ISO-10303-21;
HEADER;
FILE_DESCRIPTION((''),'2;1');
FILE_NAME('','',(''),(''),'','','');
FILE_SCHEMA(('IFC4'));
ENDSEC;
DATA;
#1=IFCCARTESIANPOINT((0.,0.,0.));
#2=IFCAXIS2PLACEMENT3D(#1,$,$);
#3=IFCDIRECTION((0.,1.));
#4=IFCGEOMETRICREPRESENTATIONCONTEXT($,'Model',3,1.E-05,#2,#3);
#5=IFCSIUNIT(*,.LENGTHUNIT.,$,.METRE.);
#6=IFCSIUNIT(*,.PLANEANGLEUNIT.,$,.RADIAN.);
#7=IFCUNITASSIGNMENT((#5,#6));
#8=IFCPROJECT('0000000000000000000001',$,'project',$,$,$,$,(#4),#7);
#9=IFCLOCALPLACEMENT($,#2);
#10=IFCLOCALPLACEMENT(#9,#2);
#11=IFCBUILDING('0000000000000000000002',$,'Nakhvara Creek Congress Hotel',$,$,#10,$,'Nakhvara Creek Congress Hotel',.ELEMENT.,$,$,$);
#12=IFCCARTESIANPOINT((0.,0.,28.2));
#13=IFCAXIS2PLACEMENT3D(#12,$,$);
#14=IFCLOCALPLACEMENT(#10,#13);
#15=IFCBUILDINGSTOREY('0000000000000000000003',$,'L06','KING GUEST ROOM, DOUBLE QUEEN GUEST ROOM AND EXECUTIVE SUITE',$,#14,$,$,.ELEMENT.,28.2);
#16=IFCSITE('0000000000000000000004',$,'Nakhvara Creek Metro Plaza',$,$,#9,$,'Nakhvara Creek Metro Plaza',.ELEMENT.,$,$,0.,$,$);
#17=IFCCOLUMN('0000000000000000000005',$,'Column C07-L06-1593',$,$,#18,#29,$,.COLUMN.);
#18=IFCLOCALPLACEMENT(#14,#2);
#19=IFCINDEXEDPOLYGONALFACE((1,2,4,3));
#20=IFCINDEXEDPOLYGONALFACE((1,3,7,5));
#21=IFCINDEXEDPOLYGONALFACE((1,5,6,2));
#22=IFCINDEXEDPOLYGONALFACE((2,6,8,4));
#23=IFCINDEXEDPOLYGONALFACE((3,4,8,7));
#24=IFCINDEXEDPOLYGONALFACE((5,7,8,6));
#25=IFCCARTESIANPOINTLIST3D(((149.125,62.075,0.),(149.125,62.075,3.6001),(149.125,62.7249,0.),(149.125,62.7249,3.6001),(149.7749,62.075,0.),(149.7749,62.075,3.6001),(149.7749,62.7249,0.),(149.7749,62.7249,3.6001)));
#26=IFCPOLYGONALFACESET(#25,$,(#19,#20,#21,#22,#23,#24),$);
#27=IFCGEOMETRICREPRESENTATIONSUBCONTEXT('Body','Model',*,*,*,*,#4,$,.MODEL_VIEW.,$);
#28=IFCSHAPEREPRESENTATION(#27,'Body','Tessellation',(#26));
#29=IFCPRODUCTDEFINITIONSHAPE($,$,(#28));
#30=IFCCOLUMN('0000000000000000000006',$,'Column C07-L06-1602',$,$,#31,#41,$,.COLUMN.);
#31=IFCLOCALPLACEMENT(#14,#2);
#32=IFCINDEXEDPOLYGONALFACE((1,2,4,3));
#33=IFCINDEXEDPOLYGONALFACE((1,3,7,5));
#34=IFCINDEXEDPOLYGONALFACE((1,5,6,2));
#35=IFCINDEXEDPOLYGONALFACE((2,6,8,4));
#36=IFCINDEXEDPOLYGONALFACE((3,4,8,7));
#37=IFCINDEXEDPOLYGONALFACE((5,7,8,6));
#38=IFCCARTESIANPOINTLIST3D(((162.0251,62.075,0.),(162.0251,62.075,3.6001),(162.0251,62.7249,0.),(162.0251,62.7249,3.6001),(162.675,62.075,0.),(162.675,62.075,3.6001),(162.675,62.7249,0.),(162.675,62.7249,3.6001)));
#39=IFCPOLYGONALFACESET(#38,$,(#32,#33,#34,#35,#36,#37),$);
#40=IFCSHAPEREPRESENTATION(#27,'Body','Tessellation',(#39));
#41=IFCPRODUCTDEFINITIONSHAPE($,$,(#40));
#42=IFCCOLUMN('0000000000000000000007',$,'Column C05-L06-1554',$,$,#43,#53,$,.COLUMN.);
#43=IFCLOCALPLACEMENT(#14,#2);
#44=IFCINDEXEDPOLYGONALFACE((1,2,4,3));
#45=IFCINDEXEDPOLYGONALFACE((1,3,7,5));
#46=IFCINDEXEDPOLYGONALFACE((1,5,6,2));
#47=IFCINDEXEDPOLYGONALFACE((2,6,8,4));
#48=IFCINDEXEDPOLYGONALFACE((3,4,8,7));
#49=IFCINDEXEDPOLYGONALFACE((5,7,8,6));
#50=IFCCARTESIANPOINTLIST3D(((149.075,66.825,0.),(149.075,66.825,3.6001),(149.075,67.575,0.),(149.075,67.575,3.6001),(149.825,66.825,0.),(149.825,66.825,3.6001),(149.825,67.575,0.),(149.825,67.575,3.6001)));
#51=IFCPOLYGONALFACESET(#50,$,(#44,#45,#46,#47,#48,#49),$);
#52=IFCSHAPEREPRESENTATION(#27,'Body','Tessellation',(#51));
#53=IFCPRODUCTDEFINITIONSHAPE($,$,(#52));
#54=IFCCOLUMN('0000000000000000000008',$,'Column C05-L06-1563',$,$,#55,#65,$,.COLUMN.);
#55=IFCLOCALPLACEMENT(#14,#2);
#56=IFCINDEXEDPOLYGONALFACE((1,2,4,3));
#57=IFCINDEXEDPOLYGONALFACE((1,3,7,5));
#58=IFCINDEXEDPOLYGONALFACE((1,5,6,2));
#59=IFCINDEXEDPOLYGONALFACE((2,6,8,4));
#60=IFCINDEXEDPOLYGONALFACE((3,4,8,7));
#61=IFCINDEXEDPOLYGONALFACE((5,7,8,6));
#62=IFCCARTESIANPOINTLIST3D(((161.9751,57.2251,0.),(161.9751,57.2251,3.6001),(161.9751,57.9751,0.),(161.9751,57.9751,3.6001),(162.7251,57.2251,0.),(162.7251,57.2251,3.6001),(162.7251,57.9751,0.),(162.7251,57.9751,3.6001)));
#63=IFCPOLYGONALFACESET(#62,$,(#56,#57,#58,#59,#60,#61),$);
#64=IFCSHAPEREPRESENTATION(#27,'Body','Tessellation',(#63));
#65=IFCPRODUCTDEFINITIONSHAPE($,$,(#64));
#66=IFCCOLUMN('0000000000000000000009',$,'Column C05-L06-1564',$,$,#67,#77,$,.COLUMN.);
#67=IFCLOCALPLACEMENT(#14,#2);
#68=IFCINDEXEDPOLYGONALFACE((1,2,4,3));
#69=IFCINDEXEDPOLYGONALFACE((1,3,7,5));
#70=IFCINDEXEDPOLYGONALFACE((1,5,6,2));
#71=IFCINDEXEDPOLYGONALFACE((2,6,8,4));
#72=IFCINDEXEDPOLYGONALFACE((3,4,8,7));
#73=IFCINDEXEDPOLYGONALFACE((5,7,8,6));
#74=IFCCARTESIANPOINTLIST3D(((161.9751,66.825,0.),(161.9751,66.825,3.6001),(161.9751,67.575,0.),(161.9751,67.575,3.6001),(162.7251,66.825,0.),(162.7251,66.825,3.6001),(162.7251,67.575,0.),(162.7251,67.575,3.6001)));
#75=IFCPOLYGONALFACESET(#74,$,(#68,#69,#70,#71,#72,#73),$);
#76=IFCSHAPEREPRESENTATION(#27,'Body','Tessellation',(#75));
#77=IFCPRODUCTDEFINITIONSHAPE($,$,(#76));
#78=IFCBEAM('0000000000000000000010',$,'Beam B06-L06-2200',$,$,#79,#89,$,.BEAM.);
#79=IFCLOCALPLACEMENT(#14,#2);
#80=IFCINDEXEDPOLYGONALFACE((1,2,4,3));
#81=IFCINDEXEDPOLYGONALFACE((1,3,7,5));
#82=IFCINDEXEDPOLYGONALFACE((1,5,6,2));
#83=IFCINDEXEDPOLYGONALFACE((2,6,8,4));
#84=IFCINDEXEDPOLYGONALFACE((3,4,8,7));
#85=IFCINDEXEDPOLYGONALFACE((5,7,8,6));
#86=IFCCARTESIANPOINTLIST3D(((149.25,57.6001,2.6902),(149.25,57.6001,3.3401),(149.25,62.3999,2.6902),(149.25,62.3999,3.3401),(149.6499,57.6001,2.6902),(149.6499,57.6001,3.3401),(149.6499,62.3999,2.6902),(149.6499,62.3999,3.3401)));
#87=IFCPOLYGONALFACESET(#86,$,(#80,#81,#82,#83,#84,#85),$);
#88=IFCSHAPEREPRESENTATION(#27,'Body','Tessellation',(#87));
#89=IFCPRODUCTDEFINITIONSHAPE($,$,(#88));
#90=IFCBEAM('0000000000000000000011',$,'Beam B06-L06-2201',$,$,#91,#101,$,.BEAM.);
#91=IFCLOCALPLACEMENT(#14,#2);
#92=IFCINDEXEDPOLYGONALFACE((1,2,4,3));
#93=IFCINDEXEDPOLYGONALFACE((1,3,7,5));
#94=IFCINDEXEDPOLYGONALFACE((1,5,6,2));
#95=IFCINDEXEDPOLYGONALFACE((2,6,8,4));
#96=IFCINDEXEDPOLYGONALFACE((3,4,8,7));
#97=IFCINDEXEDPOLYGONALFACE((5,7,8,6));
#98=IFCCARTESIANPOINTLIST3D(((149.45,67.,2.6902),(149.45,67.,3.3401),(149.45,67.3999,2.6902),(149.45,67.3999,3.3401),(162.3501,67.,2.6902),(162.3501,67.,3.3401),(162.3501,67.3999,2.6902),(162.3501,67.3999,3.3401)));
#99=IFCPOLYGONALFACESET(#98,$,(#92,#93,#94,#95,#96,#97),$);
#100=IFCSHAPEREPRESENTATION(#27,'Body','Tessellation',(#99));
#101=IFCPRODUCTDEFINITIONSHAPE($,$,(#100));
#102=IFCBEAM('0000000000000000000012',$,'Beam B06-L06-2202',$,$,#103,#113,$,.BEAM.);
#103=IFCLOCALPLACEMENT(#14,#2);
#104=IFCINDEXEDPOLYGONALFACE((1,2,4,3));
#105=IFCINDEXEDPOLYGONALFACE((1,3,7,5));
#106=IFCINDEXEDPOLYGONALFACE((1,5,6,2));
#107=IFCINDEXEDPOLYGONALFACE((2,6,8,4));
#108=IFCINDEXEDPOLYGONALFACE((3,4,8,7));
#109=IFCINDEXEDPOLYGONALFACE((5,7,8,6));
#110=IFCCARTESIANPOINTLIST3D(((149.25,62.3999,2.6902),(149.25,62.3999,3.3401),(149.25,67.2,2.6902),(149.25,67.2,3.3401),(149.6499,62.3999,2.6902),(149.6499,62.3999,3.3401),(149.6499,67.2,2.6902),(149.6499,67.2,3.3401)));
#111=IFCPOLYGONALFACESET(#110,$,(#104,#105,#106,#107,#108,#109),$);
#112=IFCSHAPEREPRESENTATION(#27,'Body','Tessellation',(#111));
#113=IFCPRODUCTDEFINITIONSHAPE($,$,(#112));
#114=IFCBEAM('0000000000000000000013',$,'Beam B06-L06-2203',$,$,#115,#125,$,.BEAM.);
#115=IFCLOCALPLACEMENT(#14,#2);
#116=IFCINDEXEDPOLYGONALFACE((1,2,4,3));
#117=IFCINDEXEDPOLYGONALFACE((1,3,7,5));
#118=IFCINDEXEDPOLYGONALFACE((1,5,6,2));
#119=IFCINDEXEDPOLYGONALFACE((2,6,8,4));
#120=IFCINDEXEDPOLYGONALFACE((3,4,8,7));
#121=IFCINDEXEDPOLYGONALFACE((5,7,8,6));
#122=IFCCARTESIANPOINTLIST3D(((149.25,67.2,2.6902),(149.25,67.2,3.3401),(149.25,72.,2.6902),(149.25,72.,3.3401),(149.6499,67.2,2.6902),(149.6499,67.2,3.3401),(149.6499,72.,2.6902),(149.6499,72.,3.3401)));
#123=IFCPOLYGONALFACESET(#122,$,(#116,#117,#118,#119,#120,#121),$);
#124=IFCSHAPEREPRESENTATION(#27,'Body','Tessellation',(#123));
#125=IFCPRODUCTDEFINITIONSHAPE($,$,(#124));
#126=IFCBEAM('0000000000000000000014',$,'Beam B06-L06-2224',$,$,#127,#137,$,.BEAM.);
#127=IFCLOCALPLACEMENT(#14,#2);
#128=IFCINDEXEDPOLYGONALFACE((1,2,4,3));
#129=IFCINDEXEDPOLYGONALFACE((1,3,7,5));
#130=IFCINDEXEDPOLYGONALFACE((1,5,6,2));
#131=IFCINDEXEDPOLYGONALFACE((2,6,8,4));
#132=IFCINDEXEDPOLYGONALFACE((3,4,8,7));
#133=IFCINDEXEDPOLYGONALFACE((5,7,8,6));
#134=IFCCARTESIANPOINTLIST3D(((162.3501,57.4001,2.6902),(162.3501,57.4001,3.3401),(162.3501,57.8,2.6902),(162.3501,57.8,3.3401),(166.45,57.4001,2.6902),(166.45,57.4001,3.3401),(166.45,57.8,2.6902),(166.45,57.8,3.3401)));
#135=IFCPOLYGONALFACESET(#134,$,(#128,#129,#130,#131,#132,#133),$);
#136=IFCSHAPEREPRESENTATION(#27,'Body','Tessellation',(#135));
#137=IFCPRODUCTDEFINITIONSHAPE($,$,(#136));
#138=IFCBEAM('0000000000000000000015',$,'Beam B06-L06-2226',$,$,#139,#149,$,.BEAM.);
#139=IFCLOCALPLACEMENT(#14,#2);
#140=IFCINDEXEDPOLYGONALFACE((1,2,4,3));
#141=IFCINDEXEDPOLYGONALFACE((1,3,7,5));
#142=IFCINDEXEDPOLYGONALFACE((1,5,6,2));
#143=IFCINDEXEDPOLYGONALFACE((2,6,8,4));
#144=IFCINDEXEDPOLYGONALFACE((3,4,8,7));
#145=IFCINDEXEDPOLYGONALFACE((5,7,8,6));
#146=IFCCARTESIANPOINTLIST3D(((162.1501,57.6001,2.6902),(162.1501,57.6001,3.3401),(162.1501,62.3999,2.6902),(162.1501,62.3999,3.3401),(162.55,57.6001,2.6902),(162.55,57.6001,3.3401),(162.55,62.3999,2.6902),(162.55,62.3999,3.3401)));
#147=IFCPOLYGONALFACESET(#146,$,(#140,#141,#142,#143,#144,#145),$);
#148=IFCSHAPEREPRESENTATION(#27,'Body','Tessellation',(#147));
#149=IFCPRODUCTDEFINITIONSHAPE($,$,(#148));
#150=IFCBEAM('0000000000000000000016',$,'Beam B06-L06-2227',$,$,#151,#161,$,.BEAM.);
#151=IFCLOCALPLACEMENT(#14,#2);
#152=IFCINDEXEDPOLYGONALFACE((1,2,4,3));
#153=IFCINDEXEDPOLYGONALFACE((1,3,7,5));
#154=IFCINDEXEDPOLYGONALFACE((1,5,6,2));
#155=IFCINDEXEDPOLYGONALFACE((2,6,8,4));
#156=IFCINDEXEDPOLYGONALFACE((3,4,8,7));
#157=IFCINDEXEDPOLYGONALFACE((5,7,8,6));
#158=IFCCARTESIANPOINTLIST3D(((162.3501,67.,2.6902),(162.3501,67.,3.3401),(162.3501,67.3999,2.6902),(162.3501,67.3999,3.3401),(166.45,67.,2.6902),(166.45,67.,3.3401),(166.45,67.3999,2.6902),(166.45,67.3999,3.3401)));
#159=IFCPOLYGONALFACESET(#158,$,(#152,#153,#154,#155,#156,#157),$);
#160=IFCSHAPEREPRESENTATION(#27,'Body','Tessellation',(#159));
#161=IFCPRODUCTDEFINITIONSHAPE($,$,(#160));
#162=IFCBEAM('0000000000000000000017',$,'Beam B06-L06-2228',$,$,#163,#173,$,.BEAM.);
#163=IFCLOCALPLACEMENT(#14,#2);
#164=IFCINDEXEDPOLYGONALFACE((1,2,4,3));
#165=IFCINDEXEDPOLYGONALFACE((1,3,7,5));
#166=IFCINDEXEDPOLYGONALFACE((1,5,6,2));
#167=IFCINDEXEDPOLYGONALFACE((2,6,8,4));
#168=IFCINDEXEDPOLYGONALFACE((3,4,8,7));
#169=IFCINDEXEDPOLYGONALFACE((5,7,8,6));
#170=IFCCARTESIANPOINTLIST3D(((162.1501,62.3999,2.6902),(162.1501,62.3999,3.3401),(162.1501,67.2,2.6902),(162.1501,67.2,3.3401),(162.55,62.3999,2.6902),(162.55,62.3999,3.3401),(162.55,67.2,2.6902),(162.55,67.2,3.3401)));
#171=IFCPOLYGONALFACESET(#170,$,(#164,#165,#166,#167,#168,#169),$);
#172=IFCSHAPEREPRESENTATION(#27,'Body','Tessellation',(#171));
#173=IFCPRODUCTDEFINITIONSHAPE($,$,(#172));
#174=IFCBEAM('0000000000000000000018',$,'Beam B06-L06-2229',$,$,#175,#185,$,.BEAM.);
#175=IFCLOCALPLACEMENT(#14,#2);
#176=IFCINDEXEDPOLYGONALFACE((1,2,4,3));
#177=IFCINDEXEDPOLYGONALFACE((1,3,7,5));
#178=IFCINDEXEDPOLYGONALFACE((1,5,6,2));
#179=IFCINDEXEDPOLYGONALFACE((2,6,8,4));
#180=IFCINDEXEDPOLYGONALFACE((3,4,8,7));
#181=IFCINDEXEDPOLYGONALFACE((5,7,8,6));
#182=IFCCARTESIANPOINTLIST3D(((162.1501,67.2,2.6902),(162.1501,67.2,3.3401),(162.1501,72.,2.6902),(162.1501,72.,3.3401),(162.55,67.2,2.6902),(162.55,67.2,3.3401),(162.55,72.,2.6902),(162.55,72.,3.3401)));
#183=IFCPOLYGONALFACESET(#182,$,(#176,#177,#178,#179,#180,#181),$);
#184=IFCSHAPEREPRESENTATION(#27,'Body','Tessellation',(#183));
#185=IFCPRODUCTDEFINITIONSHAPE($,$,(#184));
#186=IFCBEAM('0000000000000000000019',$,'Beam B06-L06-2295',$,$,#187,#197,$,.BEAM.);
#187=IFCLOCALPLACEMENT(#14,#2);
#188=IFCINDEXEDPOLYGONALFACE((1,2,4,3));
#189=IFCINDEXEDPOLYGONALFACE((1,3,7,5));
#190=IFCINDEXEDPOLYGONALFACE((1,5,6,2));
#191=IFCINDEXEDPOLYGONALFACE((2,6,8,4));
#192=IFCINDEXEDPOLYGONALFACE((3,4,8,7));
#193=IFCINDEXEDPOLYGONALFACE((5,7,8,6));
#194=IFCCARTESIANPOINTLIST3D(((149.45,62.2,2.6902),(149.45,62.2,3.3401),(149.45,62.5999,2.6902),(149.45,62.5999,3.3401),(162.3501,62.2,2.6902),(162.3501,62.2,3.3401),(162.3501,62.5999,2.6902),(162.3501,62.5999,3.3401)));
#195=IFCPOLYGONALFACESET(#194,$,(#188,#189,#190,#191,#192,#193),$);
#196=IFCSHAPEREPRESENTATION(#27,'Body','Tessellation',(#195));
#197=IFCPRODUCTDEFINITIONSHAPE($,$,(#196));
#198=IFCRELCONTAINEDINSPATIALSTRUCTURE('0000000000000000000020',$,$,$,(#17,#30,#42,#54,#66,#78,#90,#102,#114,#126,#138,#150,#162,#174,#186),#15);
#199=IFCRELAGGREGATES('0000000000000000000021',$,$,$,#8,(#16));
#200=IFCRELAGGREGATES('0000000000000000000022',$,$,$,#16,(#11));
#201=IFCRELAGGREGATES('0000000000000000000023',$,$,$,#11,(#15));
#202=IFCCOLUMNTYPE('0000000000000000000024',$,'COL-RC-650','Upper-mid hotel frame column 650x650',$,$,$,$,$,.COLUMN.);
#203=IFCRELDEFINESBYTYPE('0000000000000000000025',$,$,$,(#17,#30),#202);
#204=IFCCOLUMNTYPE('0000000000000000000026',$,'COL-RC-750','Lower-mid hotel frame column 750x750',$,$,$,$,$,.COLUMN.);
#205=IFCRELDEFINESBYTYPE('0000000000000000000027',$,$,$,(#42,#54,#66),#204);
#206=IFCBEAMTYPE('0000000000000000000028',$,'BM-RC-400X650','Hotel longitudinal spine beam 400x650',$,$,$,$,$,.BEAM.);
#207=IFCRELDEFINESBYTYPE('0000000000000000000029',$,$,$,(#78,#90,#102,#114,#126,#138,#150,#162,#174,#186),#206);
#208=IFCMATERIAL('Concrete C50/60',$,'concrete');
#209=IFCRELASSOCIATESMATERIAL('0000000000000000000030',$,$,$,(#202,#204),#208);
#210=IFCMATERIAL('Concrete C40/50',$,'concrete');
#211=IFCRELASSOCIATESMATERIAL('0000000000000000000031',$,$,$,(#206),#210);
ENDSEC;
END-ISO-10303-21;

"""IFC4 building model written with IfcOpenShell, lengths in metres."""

from ifc_helpers import new_model, si_unit, direction, frame, origin, origin_2d, place, context, subcontext, project, spatial, rectangle, extrude, material, material_profile, profile_set, type_object, element, save


model = new_model("IFC4")

# Units and contexts
model_context = context("Model", 3, precision=1e-05, world=origin(), true_north=direction((0.0, 1.0)))
body_context = subcontext(model_context, "Body", "Model", "MODEL_VIEW")
ifc_project = project(units=[si_unit("LENGTHUNIT", "METRE"), si_unit("PLANEANGLEUNIT", "RADIAN")], contexts=[model_context])

# Site, building, storey
site_placement = place(None, origin())
site = spatial("IfcSite", under=ifc_project, at=site_placement, Name="Nakhvara Creek Metro Plaza", LongName="Nakhvara Creek Metro Plaza", CompositionType="ELEMENT", RefElevation=0.0)
building_placement = place(site_placement, origin())
building = spatial("IfcBuilding", under=site, at=building_placement, Name="Nakhvara Creek Congress Hotel", LongName="Nakhvara Creek Congress Hotel", CompositionType="ELEMENT")
storey_placement = place(building_placement, frame((0.0, 0.0, 28.2)))
storey = spatial("IfcBuildingStorey", under=building, at=storey_placement, Name="L06", Description="KING GUEST ROOM, DOUBLE QUEEN GUEST ROOM AND EXECUTIVE SUITE", CompositionType="ELEMENT", Elevation=28.2)

# Columns
ifc_material_1 = material(Name="Concrete C50/60", Category="concrete")
ifc_material_profile_1 = material_profile(ifc_material_1, rectangle(XDim=0.6499, YDim=0.6499, at=origin_2d()), Name="RC-COL 650x650", Category="LoadBearing")
ifc_profile_set_1 = profile_set([ifc_material_profile_1], Name="Concrete C50/60")
column_type_1 = type_object("IfcColumnType", Name="COL-RC-650", Description="Upper-mid hotel frame column 650x650", PredefinedType="COLUMN", material=ifc_profile_set_1)
for number, where, z_axis, x_axis, name in (
    (1, (149.45, 62.3999, 0.0), (0.0, 0.0, 1.0), (1.0, 0.0, 0.0), "Column C07-L06-1593"),
    (2, (162.3501, 62.3999, 0.0), (0.0, 0.0, 1.0), (1.0, 0.0, 0.0), "Column C07-L06-1602"),
):
    element("IfcColumn", number, at=place(storey_placement, frame(where, z_axis=z_axis, x_axis=x_axis)), inside=storey, type_object=column_type_1, Name=name, PredefinedType="COLUMN", context=body_context, shape_type="SweptSolid", body=[
        extrude(rectangle(XDim=0.6499, YDim=0.6499, at=origin_2d()), origin(), (0.0, 0.0, 1.0), 3.6001),
    ])
ifc_material_profile_2 = material_profile(ifc_material_1, rectangle(XDim=0.75, YDim=0.75, at=origin_2d()), Name="RC-COL 750x750", Category="LoadBearing")
ifc_profile_set_2 = profile_set([ifc_material_profile_2], Name="Concrete C50/60")
column_type_2 = type_object("IfcColumnType", Name="COL-RC-750", Description="Lower-mid hotel frame column 750x750", PredefinedType="COLUMN", material=ifc_profile_set_2)
for number, where, z_axis, x_axis, name in (
    (3, (149.45, 67.2, 0.0), (0.0, 0.0, 1.0), (1.0, 0.0, 0.0), "Column C05-L06-1554"),
    (4, (162.3501, 57.6001, 0.0), (0.0, 0.0, 1.0), (1.0, 0.0, 0.0), "Column C05-L06-1563"),
    (5, (162.3501, 67.2, 0.0), (0.0, 0.0, 1.0), (1.0, 0.0, 0.0), "Column C05-L06-1564"),
):
    element("IfcColumn", number, at=place(storey_placement, frame(where, z_axis=z_axis, x_axis=x_axis)), inside=storey, type_object=column_type_2, Name=name, PredefinedType="COLUMN", context=body_context, shape_type="SweptSolid", body=[
        extrude(rectangle(XDim=0.75, YDim=0.75, at=origin_2d()), origin(), (0.0, 0.0, 1.0), 3.6001),
    ])

# Beams
ifc_material_2 = material(Name="Concrete C40/50", Category="concrete")
ifc_material_profile_3 = material_profile(ifc_material_2, rectangle(XDim=0.3999, YDim=0.6499, at=origin_2d()), Name="RC-BM 400x650", Category="LoadBearing")
ifc_profile_set_3 = profile_set([ifc_material_profile_3], Name="Concrete C40/50")
beam_type = type_object("IfcBeamType", Name="BM-RC-400X650", Description="Hotel longitudinal spine beam 400x650", PredefinedType="BEAM", material=ifc_profile_set_3)
beam_1_placement = place(storey_placement, frame((149.45, 57.6001, 3.0151), z_axis=(0.0, 1.0, 0.0), x_axis=(-1.0, 0.0, 0.0)))
element("IfcBeam", 6, at=beam_1_placement, inside=storey, type_object=beam_type, Name="Beam B06-L06-2200", PredefinedType="BEAM", context=body_context, shape_type="SweptSolid", body=[
    extrude(rectangle(XDim=0.3999, YDim=0.6499, at=origin_2d()), origin(), (0.0, 0.0, 1.0), 4.7998),
])
beam_2_placement = place(storey_placement, frame((149.45, 67.2, 3.0151), z_axis=(1.0, 0.0, 0.0), x_axis=(0.0, 1.0, 0.0)))
element("IfcBeam", 7, at=beam_2_placement, inside=storey, type_object=beam_type, Name="Beam B06-L06-2201", PredefinedType="BEAM", context=body_context, shape_type="SweptSolid", body=[
    extrude(rectangle(XDim=0.3999, YDim=0.6499, at=origin_2d()), origin(), (0.0, 0.0, 1.0), 12.9001),
])
for number, where, z_axis, x_axis, name in (
    (8, (149.45, 62.3999, 3.0151), (0.0, 1.0, 0.0), (-1.0, 0.0, 0.0), "Beam B06-L06-2202"),
    (9, (149.45, 67.2, 3.0151), (0.0, 1.0, 0.0), (-1.0, 0.0, 0.0), "Beam B06-L06-2203"),
):
    element("IfcBeam", number, at=place(storey_placement, frame(where, z_axis=z_axis, x_axis=x_axis)), inside=storey, type_object=beam_type, Name=name, PredefinedType="BEAM", context=body_context, shape_type="SweptSolid", body=[
        extrude(rectangle(XDim=0.3999, YDim=0.6499, at=origin_2d()), origin(), (0.0, 0.0, 1.0), 4.8),
    ])
beam_3_placement = place(storey_placement, frame((162.3501, 57.6001, 3.0151), z_axis=(1.0, 0.0, 0.0), x_axis=(0.0, 1.0, 0.0)))
element("IfcBeam", 10, at=beam_3_placement, inside=storey, type_object=beam_type, Name="Beam B06-L06-2224", PredefinedType="BEAM", context=body_context, shape_type="SweptSolid", body=[
    extrude(rectangle(XDim=0.3999, YDim=0.6499, at=origin_2d()), origin(), (0.0, 0.0, 1.0), 4.0999),
])
beam_4_placement = place(storey_placement, frame((162.3501, 57.6001, 3.0151), z_axis=(0.0, 1.0, 0.0), x_axis=(-1.0, 0.0, 0.0)))
element("IfcBeam", 11, at=beam_4_placement, inside=storey, type_object=beam_type, Name="Beam B06-L06-2226", PredefinedType="BEAM", context=body_context, shape_type="SweptSolid", body=[
    extrude(rectangle(XDim=0.3999, YDim=0.6499, at=origin_2d()), origin(), (0.0, 0.0, 1.0), 4.7998),
])
beam_5_placement = place(storey_placement, frame((162.3501, 67.2, 3.0151), z_axis=(1.0, 0.0, 0.0), x_axis=(0.0, 1.0, 0.0)))
element("IfcBeam", 12, at=beam_5_placement, inside=storey, type_object=beam_type, Name="Beam B06-L06-2227", PredefinedType="BEAM", context=body_context, shape_type="SweptSolid", body=[
    extrude(rectangle(XDim=0.3999, YDim=0.6499, at=origin_2d()), origin(), (0.0, 0.0, 1.0), 4.0999),
])
for number, where, z_axis, x_axis, name in (
    (13, (162.3501, 62.3999, 3.0151), (0.0, 1.0, 0.0), (-1.0, 0.0, 0.0), "Beam B06-L06-2228"),
    (14, (162.3501, 67.2, 3.0151), (0.0, 1.0, 0.0), (-1.0, 0.0, 0.0), "Beam B06-L06-2229"),
):
    element("IfcBeam", number, at=place(storey_placement, frame(where, z_axis=z_axis, x_axis=x_axis)), inside=storey, type_object=beam_type, Name=name, PredefinedType="BEAM", context=body_context, shape_type="SweptSolid", body=[
        extrude(rectangle(XDim=0.3999, YDim=0.6499, at=origin_2d()), origin(), (0.0, 0.0, 1.0), 4.8),
    ])
beam_6_placement = place(storey_placement, frame((149.45, 62.3999, 3.0151), z_axis=(1.0, 0.0, 0.0), x_axis=(0.0, 1.0, 0.0)))
element("IfcBeam", 15, at=beam_6_placement, inside=storey, type_object=beam_type, Name="Beam B06-L06-2295", PredefinedType="BEAM", context=body_context, shape_type="SweptSolid", body=[
    extrude(rectangle(XDim=0.3999, YDim=0.6499, at=origin_2d()), origin(), (0.0, 0.0, 1.0), 12.9001),
])

save(model, "model.ifc")
